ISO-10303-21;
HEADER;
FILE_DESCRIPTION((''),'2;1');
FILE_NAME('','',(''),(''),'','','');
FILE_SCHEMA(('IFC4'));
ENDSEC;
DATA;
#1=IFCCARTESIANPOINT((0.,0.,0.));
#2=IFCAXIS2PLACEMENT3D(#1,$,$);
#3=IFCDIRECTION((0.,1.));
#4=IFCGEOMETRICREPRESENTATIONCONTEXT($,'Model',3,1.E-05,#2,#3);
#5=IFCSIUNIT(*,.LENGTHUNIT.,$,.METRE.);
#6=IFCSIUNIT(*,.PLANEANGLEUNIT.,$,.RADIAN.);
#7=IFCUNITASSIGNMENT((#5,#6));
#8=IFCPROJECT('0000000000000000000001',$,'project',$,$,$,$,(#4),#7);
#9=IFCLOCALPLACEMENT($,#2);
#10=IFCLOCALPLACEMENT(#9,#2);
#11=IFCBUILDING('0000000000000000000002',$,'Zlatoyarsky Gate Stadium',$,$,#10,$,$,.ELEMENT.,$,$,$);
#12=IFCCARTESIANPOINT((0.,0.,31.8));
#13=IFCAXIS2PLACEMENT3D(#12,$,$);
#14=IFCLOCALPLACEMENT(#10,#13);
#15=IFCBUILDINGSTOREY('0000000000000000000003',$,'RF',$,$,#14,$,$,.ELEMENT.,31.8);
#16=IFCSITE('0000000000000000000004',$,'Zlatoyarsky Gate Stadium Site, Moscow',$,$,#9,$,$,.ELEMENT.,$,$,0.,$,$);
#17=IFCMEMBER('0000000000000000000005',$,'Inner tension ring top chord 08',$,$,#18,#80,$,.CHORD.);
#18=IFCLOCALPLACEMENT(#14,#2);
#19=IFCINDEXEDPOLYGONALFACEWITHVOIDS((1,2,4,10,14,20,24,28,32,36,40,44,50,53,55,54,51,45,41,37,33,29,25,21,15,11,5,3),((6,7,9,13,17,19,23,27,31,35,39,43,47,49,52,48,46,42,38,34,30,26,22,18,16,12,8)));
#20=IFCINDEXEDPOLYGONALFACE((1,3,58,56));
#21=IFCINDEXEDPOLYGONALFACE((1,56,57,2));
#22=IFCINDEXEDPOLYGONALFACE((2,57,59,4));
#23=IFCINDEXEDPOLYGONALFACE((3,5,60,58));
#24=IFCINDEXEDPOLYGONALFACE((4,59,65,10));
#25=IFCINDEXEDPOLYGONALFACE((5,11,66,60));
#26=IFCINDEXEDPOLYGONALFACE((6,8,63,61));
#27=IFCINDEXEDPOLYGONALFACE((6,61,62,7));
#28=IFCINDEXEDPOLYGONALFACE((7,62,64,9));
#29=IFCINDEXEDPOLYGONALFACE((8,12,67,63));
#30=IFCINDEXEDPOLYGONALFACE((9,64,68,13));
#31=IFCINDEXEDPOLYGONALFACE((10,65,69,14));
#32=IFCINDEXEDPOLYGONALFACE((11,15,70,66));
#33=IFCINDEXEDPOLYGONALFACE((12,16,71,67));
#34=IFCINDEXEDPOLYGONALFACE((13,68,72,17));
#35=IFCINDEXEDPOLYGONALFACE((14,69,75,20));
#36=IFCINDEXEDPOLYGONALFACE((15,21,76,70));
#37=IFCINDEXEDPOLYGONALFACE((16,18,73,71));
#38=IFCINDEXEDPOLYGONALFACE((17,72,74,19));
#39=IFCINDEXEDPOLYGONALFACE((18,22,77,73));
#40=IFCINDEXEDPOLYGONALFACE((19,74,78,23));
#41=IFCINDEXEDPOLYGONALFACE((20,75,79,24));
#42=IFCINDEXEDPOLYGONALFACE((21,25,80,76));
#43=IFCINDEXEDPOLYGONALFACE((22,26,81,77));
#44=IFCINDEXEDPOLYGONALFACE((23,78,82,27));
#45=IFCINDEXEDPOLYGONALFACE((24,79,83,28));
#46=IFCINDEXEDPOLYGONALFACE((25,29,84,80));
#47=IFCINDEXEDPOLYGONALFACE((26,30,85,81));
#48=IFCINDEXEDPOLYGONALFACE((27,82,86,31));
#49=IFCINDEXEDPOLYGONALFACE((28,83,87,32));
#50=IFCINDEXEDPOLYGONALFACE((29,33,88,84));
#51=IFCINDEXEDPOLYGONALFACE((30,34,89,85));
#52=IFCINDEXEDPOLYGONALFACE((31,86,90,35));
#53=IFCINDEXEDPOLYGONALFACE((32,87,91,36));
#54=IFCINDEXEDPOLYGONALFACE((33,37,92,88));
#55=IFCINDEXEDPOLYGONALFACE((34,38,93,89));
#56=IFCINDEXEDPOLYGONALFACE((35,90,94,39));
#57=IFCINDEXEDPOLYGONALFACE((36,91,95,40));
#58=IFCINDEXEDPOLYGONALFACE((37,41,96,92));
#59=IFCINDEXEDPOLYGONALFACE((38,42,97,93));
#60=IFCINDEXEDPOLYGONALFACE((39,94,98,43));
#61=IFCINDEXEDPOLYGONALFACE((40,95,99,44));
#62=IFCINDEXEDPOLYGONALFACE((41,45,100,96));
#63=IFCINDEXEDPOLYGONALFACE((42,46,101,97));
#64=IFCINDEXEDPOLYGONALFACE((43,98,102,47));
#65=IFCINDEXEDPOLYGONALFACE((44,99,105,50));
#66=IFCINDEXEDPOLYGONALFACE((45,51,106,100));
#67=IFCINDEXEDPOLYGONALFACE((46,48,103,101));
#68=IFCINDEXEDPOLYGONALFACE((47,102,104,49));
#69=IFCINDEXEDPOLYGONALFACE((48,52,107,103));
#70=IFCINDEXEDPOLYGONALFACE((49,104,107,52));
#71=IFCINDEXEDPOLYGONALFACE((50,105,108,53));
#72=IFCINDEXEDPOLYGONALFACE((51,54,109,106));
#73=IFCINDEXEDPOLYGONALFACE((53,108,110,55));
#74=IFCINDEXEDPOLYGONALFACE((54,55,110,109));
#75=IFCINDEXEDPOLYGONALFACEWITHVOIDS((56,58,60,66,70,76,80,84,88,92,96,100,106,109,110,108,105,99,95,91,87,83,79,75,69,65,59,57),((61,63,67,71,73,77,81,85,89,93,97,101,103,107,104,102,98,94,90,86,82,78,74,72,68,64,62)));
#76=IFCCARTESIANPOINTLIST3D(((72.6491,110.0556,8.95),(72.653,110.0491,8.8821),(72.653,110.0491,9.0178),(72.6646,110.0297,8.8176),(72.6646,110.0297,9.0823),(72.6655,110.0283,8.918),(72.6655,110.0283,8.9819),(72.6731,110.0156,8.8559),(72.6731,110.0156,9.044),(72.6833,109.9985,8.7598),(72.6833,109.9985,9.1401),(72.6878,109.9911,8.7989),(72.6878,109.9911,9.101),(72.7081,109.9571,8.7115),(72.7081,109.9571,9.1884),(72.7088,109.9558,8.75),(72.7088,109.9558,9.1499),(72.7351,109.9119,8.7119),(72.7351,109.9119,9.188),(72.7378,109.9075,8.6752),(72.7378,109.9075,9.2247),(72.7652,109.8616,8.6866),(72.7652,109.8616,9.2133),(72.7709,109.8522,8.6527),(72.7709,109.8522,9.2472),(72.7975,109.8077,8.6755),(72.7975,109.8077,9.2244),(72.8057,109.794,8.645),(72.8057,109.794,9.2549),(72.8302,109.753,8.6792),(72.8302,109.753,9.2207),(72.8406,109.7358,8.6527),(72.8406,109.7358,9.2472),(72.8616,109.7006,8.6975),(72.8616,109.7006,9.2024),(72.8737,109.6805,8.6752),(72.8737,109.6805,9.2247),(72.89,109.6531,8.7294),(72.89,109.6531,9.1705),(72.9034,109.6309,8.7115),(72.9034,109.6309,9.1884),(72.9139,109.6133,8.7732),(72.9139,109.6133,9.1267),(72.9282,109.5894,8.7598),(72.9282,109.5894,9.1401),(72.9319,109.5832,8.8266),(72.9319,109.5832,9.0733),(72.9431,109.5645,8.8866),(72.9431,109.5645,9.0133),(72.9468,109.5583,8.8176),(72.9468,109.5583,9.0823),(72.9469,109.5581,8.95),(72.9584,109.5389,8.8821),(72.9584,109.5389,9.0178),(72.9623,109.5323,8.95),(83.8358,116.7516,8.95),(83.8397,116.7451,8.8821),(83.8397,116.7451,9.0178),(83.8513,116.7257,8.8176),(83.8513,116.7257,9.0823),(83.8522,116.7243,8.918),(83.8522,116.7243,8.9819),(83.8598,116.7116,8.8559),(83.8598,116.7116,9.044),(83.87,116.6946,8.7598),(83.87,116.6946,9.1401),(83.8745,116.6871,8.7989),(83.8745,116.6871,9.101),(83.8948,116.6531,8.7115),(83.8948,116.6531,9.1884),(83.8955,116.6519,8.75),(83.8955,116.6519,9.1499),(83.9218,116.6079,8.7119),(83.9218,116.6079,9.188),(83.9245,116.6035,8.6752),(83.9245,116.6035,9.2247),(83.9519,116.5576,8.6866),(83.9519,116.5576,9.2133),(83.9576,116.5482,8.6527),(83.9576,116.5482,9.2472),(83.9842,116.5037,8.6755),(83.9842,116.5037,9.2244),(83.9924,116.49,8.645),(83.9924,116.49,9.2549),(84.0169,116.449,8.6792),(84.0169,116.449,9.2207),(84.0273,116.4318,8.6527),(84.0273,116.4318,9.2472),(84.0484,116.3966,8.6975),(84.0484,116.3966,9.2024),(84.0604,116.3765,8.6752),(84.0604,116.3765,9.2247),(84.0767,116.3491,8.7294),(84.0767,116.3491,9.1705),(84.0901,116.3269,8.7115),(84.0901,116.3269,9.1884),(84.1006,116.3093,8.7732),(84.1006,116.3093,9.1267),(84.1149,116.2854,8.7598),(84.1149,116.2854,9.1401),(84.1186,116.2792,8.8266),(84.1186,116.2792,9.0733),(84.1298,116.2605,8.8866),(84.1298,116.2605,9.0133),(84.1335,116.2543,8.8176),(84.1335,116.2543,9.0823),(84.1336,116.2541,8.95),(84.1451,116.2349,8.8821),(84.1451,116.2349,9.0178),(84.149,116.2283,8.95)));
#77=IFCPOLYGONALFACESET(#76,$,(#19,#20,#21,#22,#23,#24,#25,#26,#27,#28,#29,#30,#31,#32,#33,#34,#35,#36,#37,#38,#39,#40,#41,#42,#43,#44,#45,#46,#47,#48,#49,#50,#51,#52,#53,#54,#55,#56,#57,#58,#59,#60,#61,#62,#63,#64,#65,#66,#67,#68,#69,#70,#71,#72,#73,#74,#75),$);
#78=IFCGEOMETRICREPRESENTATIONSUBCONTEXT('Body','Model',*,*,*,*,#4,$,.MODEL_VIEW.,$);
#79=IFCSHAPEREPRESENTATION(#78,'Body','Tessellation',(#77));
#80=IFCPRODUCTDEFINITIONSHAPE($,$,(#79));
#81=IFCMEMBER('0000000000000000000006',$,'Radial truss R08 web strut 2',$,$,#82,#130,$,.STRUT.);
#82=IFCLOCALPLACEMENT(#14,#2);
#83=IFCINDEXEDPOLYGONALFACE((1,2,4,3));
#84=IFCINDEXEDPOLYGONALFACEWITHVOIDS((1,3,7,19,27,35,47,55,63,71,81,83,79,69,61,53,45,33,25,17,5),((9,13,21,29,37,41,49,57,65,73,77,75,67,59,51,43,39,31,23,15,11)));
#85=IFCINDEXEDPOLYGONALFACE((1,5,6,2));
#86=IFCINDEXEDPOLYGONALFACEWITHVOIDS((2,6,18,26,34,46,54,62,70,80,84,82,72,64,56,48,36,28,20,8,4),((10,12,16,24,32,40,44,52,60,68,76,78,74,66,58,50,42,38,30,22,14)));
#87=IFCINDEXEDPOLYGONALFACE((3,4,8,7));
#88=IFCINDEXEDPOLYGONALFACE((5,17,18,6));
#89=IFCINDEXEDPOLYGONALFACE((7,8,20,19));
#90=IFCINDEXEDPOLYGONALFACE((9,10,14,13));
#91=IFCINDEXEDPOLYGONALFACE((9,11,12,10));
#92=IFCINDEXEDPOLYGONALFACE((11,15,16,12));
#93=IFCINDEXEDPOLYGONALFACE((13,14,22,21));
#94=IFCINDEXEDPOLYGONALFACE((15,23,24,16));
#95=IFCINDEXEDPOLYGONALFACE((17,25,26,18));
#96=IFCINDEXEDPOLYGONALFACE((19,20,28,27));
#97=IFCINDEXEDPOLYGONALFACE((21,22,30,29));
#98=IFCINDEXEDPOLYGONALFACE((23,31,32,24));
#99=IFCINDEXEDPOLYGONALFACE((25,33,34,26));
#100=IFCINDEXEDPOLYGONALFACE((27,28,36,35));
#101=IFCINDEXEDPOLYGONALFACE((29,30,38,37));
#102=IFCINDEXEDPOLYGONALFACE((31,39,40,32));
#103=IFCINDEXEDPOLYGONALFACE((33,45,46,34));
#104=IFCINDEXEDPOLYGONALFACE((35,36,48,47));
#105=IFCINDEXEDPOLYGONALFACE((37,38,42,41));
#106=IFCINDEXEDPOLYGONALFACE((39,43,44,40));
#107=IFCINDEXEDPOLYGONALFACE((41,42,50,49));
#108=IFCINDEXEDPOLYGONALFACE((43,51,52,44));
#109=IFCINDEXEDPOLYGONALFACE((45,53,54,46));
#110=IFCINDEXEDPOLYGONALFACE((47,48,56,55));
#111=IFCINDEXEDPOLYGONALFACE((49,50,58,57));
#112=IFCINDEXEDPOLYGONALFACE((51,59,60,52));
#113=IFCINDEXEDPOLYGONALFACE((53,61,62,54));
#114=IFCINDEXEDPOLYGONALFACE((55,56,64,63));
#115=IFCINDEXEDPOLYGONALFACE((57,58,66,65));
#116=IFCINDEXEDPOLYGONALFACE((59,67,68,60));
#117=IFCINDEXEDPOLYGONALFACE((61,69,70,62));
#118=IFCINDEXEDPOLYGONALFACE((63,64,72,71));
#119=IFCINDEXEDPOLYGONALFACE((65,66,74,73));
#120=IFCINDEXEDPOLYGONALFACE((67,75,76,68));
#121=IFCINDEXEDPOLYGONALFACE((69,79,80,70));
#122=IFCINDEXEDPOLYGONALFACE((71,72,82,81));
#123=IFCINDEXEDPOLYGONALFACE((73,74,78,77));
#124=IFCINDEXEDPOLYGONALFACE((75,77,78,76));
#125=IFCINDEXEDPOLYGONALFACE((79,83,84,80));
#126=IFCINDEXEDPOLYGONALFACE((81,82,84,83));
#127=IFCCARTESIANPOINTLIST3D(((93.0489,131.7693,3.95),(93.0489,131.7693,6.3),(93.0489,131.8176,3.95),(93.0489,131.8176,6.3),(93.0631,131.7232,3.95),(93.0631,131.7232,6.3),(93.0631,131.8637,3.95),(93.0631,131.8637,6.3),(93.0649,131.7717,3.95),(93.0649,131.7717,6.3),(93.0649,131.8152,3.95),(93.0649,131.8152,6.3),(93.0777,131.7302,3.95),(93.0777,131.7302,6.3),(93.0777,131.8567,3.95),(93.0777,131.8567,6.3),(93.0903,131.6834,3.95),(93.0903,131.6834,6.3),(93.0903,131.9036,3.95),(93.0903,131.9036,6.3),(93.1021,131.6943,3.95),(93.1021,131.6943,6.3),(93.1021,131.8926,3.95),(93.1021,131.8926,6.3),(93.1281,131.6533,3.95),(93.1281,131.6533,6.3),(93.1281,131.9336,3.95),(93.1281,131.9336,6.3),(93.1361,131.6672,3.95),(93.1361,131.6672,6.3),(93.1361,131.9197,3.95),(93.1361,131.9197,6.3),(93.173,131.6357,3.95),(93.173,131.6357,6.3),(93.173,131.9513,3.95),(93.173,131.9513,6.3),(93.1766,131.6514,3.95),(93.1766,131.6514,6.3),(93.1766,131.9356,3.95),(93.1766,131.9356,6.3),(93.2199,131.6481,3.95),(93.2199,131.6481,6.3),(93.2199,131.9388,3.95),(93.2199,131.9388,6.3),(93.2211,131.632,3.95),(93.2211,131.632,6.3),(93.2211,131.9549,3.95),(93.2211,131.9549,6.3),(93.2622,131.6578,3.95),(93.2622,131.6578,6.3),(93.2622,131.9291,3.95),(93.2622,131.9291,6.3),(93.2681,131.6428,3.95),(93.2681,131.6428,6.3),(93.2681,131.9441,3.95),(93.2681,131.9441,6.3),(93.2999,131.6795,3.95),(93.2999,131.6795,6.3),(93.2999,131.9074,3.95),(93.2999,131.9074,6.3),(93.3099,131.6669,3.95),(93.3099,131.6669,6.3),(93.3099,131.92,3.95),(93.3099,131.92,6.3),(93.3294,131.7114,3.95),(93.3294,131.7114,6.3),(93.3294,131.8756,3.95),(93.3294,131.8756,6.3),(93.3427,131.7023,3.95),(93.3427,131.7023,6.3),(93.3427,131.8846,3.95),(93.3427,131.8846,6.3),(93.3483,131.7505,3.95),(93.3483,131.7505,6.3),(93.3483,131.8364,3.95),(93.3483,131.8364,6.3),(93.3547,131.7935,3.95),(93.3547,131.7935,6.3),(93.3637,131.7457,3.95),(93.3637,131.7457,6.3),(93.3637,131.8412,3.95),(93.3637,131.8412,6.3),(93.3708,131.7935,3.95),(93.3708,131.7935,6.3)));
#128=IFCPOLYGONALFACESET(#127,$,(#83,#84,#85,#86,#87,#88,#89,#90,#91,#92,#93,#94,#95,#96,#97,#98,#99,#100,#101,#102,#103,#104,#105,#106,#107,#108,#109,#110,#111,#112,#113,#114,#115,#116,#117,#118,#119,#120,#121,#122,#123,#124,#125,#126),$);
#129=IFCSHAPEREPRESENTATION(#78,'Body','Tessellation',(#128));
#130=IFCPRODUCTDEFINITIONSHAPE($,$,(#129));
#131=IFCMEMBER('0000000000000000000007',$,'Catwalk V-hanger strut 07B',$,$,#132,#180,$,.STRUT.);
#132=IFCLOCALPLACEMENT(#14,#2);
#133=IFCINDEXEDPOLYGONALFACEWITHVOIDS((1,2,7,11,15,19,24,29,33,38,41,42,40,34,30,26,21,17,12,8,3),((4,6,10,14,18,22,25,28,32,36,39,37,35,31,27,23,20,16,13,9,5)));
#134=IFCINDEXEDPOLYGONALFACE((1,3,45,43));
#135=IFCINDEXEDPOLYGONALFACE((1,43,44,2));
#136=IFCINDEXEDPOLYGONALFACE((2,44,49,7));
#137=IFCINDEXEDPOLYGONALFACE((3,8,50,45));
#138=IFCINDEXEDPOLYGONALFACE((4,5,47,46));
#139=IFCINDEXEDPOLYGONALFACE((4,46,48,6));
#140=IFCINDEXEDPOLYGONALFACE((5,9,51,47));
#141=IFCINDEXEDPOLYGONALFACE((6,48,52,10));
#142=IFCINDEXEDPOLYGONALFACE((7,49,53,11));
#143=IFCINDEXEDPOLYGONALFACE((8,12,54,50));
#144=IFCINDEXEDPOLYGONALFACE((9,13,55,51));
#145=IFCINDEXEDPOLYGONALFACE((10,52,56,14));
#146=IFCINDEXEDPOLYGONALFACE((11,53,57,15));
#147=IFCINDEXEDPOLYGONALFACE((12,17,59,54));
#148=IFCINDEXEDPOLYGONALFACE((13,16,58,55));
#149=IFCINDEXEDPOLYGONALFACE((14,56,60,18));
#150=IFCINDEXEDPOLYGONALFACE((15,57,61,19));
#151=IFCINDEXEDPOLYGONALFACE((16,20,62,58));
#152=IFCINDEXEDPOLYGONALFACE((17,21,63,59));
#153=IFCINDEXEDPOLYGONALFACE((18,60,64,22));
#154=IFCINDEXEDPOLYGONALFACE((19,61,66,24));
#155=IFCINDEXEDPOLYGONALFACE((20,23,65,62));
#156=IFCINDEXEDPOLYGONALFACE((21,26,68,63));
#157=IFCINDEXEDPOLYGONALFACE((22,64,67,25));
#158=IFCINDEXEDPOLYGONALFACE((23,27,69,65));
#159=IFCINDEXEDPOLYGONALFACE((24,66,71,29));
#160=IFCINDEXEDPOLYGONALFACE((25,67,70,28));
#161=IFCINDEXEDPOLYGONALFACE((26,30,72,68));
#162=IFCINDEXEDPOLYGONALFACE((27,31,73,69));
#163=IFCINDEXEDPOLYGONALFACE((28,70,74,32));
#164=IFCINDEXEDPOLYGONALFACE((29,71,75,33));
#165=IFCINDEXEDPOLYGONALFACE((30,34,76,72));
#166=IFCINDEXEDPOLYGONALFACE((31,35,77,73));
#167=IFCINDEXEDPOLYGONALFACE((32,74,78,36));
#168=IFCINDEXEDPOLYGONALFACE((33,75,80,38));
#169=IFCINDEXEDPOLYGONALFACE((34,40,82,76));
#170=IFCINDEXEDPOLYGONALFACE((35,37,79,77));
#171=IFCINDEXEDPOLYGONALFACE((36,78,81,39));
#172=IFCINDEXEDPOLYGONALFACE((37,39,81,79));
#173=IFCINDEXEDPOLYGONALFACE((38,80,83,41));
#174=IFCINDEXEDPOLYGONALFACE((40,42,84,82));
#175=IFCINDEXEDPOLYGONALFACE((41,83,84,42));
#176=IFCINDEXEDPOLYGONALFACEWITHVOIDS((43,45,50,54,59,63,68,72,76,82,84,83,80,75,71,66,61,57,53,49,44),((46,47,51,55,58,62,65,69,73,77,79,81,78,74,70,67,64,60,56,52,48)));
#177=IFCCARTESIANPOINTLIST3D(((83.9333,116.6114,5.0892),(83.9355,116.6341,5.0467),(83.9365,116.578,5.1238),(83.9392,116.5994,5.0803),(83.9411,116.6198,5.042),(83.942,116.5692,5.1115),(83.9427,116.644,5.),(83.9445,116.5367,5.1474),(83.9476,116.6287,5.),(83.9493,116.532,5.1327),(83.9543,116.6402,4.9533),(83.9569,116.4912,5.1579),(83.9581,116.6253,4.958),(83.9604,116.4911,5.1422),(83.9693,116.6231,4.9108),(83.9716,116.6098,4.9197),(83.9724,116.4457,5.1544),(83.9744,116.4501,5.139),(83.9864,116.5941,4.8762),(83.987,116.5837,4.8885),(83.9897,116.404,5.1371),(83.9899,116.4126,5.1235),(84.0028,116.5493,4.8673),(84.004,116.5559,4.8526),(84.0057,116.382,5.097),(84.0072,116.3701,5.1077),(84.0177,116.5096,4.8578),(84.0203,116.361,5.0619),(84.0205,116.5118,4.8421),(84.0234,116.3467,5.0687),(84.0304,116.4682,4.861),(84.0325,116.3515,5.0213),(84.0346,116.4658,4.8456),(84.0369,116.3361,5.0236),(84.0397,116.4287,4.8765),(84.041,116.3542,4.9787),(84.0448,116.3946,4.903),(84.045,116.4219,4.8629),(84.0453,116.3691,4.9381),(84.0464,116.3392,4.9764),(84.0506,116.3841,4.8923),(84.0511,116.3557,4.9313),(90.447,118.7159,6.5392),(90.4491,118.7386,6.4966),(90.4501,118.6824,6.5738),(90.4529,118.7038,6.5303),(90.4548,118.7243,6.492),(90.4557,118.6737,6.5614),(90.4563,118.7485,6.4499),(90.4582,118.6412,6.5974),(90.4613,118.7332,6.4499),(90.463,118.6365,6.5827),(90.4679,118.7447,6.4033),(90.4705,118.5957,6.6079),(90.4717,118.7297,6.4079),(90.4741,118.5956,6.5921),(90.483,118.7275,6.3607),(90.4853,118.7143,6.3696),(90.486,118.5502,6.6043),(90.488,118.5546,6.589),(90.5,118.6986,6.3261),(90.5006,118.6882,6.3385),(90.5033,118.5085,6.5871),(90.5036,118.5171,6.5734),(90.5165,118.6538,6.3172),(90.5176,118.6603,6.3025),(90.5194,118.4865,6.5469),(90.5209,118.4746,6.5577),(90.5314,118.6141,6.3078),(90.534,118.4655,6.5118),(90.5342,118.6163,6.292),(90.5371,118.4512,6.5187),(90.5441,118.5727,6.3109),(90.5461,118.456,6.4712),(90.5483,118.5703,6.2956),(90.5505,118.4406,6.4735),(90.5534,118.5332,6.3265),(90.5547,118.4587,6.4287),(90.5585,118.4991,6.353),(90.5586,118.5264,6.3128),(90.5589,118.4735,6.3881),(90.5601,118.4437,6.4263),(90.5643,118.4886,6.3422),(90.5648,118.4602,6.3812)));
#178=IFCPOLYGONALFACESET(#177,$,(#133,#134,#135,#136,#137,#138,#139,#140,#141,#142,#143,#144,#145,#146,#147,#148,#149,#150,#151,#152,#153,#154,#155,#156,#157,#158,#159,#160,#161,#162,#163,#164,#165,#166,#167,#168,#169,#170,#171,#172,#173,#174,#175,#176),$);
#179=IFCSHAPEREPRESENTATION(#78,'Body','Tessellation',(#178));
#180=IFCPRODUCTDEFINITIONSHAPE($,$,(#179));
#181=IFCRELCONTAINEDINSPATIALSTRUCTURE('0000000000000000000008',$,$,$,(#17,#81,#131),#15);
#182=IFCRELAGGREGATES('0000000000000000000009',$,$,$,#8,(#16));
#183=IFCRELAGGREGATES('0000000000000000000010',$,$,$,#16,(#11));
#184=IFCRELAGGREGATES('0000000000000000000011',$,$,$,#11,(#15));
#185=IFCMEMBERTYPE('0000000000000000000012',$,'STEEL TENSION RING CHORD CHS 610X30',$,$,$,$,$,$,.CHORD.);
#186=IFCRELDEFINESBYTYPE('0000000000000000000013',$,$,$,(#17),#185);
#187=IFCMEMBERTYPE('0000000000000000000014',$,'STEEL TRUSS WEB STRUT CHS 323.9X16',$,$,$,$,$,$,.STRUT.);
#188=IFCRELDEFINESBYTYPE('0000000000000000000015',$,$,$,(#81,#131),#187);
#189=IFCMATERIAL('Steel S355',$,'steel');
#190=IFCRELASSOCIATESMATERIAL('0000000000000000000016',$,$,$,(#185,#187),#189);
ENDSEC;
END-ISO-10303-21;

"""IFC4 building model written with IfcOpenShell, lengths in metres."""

from ifc_helpers import new_model, si_unit, direction, frame, origin, origin_2d, place, context, subcontext, project, spatial, hollow_circle, extrude, material, material_profile, profile_set, type_object, element, save


model = new_model("IFC4")

# Units and contexts
model_context = context("Model", 3, precision=1e-05, world=origin(), true_north=direction((0.0, 1.0)))
body_context = subcontext(model_context, "Body", "Model", "MODEL_VIEW")
ifc_project = project(units=[si_unit("LENGTHUNIT", "METRE"), si_unit("PLANEANGLEUNIT", "RADIAN")], contexts=[model_context])

# Site, building, storey
site_placement = place(None, origin())
site = spatial("IfcSite", under=ifc_project, at=site_placement, Name="Zlatoyarsky Gate Stadium Site, Moscow", CompositionType="ELEMENT", RefElevation=0.0)
building_placement = place(site_placement, origin())
building = spatial("IfcBuilding", under=site, at=building_placement, Name="Zlatoyarsky Gate Stadium", CompositionType="ELEMENT")
storey_placement = place(building_placement, frame((0.0, 0.0, 31.8)))
storey = spatial("IfcBuildingStorey", under=building, at=storey_placement, Name="RF", CompositionType="ELEMENT", Elevation=31.8)

# Shared definitions
ifc_material_1 = material(Name="Steel S355", Category="steel")

# Members
ifc_material_profile_1 = material_profile(ifc_material_1, hollow_circle(Radius=0.3049, WallThickness=0.03, at=origin_2d()), Name="CHS 610X30")
ifc_profile_set_1 = profile_set([ifc_material_profile_1], Name="Steel S355")
member_type_1 = type_object("IfcMemberType", Name="STEEL TENSION RING CHORD CHS 610X30", PredefinedType="CHORD", material=ifc_profile_set_1)
member_1_placement = place(storey_placement, frame((83.9924, 116.49, 8.95), z_axis=(-0.858034, -0.513592, 0.0), x_axis=(0.513592, -0.858034, 0.0)))
element("IfcMember", 1, at=member_1_placement, inside=storey, type_object=member_type_1, Name="Inner tension ring top chord 08", PredefinedType="CHORD", context=body_context, shape_type="SweptSolid", body=[
    extrude(hollow_circle(Radius=0.3049, WallThickness=0.03, at=origin_2d()), origin(), (0.0, 0.0, 1.0), 13.0376),
])
ifc_material_profile_2 = material_profile(ifc_material_1, hollow_circle(Radius=0.1619, WallThickness=0.0161, at=origin_2d()), Name="CHS 323.9X16")
ifc_profile_set_2 = profile_set([ifc_material_profile_2], Name="Steel S355")
member_type_2 = type_object("IfcMemberType", Name="STEEL TRUSS WEB STRUT CHS 323.9X16", PredefinedType="STRUT", material=ifc_profile_set_2)
member_2_placement = place(storey_placement, frame((93.209, 131.7935, 3.95), z_axis=(0.0, 0.0, 1.0), x_axis=(1.0, 0.0, 0.0)))
element("IfcMember", 2, at=member_2_placement, inside=storey, type_object=member_type_2, Name="Radial truss R08 web strut 2", PredefinedType="STRUT", context=body_context, shape_type="SweptSolid", body=[
    extrude(hollow_circle(Radius=0.1619, WallThickness=0.0161, at=origin_2d()), origin(), (0.0, 0.0, 1.0), 2.3501),
])
member_3_placement = place(storey_placement, frame((83.9924, 116.49, 5.0), z_axis=(0.930913, 0.300767, 0.207222), x_axis=(-0.30744, 0.951567, 0.0)))
element("IfcMember", 3, at=member_3_placement, inside=storey, type_object=member_type_2, Name="Catwalk V-hanger strut 07B", PredefinedType="STRUT", context=body_context, shape_type="SweptSolid", body=[
    extrude(hollow_circle(Radius=0.1619, WallThickness=0.0161, at=origin_2d()), origin(), (0.0, 0.0, 1.0), 6.9971),
])

save(model, "model.ifc")
